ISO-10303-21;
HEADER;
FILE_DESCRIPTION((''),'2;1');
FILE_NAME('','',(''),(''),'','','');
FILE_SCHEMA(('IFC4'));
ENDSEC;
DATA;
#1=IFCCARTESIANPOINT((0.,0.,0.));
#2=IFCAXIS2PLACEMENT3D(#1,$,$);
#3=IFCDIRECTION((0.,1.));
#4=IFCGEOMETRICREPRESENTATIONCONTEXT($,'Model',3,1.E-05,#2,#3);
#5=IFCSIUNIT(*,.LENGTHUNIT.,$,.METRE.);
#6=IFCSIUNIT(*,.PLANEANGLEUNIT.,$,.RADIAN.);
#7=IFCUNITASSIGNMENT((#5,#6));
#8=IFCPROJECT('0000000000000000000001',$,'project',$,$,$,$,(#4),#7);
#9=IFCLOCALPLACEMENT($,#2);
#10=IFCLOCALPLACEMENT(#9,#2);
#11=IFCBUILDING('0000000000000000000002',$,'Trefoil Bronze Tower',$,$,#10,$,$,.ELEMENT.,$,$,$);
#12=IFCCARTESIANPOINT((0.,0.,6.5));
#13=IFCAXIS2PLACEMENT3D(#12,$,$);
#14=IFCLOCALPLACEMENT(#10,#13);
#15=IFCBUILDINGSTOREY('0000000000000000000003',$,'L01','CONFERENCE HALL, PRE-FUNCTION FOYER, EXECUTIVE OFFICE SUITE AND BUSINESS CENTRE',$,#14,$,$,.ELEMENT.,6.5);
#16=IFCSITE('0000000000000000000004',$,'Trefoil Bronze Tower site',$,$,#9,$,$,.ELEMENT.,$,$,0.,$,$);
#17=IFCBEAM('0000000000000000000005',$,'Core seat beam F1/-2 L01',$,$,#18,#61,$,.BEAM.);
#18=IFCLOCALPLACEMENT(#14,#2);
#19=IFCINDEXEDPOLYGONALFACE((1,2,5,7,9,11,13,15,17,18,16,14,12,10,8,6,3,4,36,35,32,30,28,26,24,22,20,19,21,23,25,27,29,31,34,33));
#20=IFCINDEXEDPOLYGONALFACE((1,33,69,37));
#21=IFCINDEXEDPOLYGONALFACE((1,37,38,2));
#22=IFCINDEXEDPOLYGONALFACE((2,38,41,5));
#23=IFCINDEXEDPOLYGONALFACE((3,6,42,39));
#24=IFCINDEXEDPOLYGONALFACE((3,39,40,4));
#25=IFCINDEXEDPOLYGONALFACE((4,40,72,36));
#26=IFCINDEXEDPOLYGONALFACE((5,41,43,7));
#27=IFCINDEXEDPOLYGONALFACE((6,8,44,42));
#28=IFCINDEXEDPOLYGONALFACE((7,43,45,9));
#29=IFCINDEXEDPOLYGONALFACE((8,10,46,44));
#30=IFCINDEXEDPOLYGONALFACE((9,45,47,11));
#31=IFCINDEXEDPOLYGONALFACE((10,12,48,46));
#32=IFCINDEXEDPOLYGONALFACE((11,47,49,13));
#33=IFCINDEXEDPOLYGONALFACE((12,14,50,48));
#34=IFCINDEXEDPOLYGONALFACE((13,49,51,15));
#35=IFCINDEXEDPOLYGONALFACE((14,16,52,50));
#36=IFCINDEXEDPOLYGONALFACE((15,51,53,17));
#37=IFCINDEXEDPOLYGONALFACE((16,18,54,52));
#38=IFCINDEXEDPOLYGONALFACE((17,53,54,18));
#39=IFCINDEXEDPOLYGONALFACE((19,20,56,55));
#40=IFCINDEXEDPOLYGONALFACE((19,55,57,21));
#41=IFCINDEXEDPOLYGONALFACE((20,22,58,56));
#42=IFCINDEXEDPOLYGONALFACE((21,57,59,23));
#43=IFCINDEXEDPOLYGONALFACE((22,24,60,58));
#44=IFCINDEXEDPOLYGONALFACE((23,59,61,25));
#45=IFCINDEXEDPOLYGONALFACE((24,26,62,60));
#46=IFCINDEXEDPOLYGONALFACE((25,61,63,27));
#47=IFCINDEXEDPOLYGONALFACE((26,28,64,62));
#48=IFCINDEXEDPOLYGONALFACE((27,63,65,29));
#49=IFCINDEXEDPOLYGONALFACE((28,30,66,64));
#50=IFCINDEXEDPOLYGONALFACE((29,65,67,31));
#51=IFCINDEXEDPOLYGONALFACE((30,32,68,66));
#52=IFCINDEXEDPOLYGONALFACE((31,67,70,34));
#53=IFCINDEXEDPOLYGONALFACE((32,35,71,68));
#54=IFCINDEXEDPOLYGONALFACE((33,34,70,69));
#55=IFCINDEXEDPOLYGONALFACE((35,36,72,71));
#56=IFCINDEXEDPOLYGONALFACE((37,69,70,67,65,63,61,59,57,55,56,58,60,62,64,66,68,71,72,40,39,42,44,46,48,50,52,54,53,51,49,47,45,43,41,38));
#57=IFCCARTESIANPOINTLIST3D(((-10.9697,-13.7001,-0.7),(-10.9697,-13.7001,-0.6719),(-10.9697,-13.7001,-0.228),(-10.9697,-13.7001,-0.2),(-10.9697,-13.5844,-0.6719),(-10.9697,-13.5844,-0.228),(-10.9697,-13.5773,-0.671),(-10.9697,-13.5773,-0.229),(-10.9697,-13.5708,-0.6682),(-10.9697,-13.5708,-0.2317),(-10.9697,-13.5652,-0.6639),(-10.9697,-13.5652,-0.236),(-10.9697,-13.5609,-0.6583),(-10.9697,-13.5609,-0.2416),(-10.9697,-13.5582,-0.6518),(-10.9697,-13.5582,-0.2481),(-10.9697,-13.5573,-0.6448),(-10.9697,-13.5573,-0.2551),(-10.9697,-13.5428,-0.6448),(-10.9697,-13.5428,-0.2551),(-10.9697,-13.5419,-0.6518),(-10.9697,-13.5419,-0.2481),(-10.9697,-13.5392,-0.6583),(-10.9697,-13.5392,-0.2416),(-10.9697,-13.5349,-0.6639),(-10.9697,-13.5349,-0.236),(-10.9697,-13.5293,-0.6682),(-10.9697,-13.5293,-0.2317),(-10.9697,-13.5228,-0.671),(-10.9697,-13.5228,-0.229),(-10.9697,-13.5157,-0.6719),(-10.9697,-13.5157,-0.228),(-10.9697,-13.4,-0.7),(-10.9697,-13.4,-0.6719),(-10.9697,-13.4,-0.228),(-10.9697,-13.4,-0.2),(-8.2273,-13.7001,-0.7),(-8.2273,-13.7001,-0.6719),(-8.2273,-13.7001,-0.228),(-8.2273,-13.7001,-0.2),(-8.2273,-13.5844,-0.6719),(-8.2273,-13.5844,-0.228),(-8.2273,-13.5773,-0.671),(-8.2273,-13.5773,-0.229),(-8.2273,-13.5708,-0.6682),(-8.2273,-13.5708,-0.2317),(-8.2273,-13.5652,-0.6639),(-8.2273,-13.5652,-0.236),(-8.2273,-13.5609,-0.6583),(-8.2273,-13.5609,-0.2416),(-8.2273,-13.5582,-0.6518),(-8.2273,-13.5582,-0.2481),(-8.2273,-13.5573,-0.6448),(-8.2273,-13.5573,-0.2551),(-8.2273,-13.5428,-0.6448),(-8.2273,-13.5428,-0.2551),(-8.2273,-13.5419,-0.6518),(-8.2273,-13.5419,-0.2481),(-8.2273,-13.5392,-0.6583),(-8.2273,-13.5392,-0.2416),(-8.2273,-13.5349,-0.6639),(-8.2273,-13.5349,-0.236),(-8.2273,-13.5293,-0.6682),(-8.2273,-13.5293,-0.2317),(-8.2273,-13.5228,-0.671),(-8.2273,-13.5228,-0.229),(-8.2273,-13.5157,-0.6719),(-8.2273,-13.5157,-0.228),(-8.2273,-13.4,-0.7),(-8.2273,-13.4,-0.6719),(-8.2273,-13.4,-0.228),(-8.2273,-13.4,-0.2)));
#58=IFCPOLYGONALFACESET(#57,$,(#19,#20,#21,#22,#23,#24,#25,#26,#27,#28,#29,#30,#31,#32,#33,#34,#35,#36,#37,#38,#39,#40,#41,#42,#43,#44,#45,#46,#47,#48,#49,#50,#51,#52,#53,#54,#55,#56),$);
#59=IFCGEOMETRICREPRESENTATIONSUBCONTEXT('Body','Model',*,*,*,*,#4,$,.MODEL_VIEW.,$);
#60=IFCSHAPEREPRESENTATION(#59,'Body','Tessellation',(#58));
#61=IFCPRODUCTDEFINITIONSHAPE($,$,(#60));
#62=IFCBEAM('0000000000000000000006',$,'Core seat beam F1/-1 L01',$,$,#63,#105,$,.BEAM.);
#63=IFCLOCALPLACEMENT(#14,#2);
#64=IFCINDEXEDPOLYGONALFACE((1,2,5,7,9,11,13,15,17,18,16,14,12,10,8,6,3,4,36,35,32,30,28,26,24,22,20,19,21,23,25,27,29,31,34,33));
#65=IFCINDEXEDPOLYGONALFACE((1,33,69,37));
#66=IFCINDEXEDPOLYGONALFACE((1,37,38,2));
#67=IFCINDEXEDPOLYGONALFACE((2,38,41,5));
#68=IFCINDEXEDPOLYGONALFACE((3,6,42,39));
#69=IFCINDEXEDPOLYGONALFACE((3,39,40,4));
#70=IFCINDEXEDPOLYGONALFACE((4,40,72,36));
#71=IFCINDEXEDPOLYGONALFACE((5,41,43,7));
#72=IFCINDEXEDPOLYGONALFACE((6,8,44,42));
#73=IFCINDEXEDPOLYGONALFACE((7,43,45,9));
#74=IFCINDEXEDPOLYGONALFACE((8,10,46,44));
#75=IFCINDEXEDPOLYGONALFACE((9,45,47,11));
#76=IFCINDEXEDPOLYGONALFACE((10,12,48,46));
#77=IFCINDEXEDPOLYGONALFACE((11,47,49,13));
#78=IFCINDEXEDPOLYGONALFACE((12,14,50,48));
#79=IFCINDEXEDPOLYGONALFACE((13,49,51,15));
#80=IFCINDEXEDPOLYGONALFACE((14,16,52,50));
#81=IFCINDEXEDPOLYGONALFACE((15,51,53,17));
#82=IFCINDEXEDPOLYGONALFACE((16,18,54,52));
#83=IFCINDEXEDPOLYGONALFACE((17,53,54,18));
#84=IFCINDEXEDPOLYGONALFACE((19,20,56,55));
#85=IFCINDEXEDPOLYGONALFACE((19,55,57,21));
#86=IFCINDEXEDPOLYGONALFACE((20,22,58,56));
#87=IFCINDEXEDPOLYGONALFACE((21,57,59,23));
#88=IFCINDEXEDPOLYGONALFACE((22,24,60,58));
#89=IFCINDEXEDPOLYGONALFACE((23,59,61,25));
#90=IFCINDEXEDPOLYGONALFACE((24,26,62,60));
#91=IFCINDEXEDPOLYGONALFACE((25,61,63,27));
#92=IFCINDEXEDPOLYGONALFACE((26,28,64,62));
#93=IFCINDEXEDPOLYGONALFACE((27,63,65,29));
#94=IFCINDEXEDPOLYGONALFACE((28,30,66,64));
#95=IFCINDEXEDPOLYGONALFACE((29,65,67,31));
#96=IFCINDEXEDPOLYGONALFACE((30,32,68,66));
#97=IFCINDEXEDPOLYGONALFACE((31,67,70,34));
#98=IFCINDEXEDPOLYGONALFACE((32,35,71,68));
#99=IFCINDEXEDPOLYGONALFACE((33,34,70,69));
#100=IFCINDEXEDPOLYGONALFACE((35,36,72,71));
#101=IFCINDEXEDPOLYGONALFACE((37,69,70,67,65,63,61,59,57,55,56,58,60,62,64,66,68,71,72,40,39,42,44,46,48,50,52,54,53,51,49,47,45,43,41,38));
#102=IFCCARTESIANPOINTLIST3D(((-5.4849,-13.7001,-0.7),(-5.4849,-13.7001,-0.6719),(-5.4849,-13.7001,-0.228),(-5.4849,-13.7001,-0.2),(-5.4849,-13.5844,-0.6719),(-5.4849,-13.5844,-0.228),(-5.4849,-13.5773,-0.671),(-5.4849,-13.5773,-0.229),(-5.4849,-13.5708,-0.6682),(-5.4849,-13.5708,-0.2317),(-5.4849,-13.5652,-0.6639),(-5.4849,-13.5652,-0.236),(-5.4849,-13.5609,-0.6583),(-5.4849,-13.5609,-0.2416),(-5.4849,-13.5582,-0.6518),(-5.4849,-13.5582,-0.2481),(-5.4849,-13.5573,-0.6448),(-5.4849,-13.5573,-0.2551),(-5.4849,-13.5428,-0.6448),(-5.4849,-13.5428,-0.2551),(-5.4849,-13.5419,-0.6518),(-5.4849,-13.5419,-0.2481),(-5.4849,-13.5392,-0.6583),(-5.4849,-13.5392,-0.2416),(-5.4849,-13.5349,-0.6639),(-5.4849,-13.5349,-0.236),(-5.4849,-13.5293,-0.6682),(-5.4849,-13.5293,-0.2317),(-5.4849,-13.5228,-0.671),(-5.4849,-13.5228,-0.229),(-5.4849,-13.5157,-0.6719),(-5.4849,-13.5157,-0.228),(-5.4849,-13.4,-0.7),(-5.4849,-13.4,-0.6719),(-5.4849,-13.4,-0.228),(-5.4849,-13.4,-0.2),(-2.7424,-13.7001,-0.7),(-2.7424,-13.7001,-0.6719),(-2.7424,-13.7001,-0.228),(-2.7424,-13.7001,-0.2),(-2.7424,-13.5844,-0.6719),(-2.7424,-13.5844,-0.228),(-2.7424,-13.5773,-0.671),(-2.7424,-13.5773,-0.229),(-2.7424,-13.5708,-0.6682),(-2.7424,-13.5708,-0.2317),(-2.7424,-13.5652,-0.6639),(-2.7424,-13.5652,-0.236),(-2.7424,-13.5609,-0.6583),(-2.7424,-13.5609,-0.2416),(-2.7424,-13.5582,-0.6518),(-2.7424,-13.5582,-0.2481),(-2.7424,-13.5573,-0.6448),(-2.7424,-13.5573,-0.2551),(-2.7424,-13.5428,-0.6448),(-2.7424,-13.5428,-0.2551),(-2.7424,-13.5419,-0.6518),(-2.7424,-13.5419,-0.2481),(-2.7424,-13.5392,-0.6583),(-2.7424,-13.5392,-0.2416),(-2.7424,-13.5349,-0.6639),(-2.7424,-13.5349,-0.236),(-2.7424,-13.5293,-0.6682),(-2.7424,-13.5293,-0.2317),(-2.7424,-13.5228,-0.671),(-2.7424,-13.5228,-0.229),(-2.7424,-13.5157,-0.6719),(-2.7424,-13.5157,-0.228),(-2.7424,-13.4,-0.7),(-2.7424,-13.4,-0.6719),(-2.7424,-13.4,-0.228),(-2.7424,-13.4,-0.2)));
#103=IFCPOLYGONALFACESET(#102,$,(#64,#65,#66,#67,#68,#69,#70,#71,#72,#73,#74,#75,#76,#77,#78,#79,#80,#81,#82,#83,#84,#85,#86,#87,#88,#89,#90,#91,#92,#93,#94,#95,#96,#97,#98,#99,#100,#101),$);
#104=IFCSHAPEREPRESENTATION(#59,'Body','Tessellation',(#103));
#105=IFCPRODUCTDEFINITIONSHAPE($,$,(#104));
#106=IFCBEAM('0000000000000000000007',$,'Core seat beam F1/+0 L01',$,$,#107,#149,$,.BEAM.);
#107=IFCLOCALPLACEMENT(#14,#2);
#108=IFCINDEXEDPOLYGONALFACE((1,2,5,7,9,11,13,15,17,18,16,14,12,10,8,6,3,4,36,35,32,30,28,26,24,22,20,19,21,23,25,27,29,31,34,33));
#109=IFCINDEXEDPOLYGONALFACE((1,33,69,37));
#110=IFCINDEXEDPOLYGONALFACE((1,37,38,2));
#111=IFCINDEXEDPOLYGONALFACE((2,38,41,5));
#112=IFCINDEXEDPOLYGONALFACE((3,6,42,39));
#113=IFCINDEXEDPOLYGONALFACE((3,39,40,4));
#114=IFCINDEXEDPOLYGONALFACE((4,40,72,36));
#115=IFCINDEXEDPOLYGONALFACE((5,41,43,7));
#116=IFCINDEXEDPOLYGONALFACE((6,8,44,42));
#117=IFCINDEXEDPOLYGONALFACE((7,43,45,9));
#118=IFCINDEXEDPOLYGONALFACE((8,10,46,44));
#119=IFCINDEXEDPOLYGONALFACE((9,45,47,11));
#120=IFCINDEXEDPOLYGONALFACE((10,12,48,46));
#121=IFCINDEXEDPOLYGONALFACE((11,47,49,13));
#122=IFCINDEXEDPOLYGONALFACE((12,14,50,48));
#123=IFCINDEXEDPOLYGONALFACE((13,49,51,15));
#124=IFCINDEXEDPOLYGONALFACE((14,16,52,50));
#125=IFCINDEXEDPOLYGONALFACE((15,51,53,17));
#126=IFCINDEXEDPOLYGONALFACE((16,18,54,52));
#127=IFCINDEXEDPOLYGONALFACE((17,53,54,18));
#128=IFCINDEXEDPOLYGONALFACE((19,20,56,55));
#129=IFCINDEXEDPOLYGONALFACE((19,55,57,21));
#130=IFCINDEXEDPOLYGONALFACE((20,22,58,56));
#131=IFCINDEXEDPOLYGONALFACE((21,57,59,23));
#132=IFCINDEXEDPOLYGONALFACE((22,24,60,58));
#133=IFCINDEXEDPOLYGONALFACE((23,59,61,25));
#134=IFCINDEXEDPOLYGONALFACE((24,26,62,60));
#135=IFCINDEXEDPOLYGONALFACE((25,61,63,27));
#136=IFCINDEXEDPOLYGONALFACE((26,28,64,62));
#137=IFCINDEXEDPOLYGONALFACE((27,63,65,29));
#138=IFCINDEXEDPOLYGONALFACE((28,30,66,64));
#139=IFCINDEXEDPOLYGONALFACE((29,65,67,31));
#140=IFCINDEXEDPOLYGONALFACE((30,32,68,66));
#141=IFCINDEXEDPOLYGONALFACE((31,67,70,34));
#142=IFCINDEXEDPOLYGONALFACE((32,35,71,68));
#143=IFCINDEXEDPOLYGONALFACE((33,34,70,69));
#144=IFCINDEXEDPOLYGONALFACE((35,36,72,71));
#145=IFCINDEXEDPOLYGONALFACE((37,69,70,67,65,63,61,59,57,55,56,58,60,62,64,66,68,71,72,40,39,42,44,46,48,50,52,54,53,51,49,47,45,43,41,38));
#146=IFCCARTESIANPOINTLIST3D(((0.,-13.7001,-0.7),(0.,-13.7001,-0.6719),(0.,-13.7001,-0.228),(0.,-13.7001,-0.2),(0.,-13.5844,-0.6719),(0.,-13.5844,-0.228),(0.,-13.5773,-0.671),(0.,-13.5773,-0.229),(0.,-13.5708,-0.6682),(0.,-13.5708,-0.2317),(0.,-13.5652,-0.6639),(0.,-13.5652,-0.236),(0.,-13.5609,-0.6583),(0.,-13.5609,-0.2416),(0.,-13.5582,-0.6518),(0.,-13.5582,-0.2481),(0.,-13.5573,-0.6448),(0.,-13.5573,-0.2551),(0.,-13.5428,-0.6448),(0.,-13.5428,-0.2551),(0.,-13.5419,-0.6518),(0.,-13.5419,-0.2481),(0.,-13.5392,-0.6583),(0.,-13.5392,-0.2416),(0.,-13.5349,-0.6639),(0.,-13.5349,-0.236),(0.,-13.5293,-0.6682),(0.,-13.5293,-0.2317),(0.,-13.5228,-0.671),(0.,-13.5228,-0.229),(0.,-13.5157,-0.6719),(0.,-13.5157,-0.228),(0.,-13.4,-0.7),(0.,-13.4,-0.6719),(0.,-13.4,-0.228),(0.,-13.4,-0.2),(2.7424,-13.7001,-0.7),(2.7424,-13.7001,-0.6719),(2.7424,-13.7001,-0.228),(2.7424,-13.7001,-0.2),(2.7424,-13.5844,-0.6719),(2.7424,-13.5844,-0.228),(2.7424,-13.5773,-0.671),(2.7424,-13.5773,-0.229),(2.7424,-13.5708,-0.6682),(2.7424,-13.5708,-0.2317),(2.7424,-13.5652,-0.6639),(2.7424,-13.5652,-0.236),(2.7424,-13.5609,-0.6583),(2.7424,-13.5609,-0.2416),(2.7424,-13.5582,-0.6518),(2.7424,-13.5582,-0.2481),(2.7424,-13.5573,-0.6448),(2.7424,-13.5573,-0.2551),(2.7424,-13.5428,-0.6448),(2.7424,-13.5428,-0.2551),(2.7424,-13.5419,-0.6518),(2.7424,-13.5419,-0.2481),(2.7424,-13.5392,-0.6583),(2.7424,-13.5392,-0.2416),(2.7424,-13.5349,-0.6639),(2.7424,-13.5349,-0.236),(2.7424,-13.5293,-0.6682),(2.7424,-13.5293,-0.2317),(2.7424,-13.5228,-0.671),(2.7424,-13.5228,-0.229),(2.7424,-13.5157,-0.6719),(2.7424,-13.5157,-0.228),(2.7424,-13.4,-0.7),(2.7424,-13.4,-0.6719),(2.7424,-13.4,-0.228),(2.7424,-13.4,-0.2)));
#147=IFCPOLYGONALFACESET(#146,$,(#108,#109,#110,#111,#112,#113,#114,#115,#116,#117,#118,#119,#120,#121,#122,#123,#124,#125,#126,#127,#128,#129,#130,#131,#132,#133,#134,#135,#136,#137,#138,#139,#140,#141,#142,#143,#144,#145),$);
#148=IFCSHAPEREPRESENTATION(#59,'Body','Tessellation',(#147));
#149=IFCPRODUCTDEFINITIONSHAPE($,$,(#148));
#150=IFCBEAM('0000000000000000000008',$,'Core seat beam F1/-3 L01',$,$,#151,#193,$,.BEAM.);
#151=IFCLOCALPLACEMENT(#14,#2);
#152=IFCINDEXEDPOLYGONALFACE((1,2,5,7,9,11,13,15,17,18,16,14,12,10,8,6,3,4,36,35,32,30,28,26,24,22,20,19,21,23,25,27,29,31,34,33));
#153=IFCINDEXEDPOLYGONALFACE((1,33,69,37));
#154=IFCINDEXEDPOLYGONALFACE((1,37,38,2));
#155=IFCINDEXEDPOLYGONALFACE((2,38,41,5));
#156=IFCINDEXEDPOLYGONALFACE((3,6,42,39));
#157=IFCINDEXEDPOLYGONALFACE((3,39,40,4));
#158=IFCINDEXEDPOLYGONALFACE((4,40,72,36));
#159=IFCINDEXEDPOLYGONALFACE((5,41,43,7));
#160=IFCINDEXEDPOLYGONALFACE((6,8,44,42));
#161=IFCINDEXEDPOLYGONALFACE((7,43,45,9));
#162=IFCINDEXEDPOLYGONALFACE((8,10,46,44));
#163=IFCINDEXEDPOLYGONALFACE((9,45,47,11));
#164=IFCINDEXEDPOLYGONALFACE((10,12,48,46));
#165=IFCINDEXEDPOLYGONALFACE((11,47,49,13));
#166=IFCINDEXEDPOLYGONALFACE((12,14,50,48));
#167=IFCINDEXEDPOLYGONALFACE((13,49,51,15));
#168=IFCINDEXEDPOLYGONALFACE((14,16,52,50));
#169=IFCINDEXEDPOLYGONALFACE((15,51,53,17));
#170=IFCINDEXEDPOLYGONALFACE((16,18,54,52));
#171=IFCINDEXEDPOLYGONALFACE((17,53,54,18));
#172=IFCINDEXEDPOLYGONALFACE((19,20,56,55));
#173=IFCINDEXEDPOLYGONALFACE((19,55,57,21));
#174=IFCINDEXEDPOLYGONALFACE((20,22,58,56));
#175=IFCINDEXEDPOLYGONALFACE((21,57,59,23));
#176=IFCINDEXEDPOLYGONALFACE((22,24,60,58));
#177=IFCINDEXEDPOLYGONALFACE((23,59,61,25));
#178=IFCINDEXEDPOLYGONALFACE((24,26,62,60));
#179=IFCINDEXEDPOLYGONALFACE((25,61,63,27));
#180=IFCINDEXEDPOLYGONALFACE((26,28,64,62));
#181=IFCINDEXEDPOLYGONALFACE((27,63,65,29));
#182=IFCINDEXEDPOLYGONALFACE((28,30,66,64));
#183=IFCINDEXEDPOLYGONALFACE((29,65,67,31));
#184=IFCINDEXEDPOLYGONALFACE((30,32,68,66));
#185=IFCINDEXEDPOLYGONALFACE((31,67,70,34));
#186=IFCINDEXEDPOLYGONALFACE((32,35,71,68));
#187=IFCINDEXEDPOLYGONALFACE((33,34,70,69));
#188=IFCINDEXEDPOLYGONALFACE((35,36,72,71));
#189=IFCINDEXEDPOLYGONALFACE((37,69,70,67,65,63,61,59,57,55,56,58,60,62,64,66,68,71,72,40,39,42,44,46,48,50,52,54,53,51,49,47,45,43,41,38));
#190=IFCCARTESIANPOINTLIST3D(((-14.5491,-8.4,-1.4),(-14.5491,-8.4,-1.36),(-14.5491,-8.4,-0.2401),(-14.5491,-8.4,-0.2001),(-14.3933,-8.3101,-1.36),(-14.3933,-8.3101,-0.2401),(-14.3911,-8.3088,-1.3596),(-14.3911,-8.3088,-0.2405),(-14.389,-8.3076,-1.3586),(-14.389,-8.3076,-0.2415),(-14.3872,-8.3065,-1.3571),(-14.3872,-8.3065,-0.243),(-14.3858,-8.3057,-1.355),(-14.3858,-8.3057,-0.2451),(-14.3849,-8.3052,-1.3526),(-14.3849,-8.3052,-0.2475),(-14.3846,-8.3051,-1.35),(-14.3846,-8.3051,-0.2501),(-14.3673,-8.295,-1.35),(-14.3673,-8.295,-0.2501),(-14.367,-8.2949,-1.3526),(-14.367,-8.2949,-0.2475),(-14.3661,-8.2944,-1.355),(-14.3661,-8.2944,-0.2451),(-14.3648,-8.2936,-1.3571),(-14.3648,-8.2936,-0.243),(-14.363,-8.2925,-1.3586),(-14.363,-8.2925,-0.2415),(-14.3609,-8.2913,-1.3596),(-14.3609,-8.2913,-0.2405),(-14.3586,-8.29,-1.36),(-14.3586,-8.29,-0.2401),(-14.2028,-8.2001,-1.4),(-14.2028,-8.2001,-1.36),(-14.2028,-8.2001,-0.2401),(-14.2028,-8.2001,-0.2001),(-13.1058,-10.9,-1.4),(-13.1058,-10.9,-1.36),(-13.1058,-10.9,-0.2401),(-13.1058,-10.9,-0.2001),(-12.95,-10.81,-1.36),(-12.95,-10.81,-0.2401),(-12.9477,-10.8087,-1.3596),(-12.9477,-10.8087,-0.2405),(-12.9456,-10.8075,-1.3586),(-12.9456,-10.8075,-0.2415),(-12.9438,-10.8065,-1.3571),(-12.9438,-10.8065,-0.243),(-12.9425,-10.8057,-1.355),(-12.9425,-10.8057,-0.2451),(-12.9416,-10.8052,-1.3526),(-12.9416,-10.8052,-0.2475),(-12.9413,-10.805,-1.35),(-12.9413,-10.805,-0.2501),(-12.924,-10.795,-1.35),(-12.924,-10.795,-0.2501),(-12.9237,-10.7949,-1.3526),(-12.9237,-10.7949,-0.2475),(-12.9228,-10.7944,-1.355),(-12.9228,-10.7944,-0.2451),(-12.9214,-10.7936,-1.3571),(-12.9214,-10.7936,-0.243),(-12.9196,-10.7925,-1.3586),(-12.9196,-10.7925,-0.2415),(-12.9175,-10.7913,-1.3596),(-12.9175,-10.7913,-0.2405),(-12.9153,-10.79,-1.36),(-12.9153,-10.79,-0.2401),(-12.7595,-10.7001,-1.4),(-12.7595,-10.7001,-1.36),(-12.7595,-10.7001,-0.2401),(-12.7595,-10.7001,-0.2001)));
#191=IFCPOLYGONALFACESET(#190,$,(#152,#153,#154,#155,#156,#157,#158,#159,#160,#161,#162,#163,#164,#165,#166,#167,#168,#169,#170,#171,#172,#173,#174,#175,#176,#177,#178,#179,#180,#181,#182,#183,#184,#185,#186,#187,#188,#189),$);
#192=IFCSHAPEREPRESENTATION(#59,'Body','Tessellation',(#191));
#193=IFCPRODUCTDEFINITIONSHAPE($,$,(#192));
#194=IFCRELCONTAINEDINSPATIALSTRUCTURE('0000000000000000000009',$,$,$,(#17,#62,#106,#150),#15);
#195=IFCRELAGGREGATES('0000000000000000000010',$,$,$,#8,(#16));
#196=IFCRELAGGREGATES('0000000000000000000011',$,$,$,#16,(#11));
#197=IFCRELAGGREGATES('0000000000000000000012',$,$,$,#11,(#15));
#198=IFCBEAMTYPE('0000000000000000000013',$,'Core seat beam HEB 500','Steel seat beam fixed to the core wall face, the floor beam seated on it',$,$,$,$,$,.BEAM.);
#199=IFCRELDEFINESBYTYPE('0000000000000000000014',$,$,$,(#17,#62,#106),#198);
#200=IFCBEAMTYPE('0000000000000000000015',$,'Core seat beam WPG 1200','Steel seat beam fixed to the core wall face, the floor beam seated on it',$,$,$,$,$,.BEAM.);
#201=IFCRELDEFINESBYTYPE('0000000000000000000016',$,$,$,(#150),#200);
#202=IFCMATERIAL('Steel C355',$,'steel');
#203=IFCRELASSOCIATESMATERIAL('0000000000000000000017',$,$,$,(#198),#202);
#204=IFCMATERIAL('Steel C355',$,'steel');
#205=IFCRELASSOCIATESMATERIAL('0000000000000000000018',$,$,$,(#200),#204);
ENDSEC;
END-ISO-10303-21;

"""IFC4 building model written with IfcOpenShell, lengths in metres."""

from ifc_helpers import new_model, si_unit, direction, frame, origin, origin_2d, place, context, subcontext, project, spatial, i_section, extrude, material, material_profile, profile_set, type_object, element, save


model = new_model("IFC4")

# Units and contexts
model_context = context("Model", 3, precision=1e-05, world=origin(), true_north=direction((0.0, 1.0)))
body_context = subcontext(model_context, "Body", "Model", "MODEL_VIEW")
ifc_project = project(units=[si_unit("LENGTHUNIT", "METRE"), si_unit("PLANEANGLEUNIT", "RADIAN")], contexts=[model_context])

# Site, building, storey
site_placement = place(None, origin())
site = spatial("IfcSite", under=ifc_project, at=site_placement, Name="Trefoil Bronze Tower site", CompositionType="ELEMENT", RefElevation=0.0)
building_placement = place(site_placement, origin())
building = spatial("IfcBuilding", under=site, at=building_placement, Name="Trefoil Bronze Tower", CompositionType="ELEMENT")
storey_placement = place(building_placement, frame((0.0, 0.0, 6.5)))
storey = spatial("IfcBuildingStorey", under=building, at=storey_placement, Name="L01", Description="CONFERENCE HALL, PRE-FUNCTION FOYER, EXECUTIVE OFFICE SUITE AND BUSINESS CENTRE", CompositionType="ELEMENT", Elevation=6.5)

# Beams
ifc_material_1 = material(Name="Steel C355", Category="steel")
ifc_material_profile_1 = material_profile(ifc_material_1, i_section(OverallWidth=0.3, OverallDepth=0.5, WebThickness=0.0144, FlangeThickness=0.0281, FilletRadius=0.0271, at=origin_2d()), Name="HEB 500")
ifc_profile_set_1 = profile_set([ifc_material_profile_1], Name="Steel C355")
beam_type_1 = type_object("IfcBeamType", Name="Core seat beam HEB 500", Description="Steel seat beam fixed to the core wall face, the floor beam seated on it", PredefinedType="BEAM", material=ifc_profile_set_1)
for number, where, z_axis, x_axis, name in (
    (1, (-10.9697, -13.55, -0.45), (1.0, 0.0, 0.0), (0.0, 1.0, 0.0), "Core seat beam F1/-2 L01"),
    (2, (-5.4849, -13.55, -0.45), (1.0, 0.0, 0.0), (0.0, 1.0, 0.0), "Core seat beam F1/-1 L01"),
    (3, (0.0, -13.55, -0.45), (1.0, 0.0, 0.0), (0.0, 1.0, 0.0), "Core seat beam F1/+0 L01"),
):
    element("IfcBeam", number, at=place(storey_placement, frame(where, z_axis=z_axis, x_axis=x_axis)), inside=storey, type_object=beam_type_1, Name=name, PredefinedType="BEAM", context=body_context, shape_type="SweptSolid", body=[
        extrude(i_section(OverallWidth=0.3, OverallDepth=0.5, WebThickness=0.0144, FlangeThickness=0.0281, FilletRadius=0.0271, at=origin_2d()), origin(), (0.0, 0.0, 1.0), 2.7424),
    ])
ifc_material_2 = material(Name="Steel C355", Category="steel")
ifc_material_profile_2 = material_profile(ifc_material_2, i_section(OverallWidth=0.3999, OverallDepth=1.2, WebThickness=0.02, FlangeThickness=0.04, FilletRadius=0.01, at=origin_2d()), Name="WPG 1200")
ifc_profile_set_2 = profile_set([ifc_material_profile_2], Name="Steel C355")
beam_type_2 = type_object("IfcBeamType", Name="Core seat beam WPG 1200", Description="Steel seat beam fixed to the core wall face, the floor beam seated on it", PredefinedType="BEAM", material=ifc_profile_set_2)
beam_1_placement = place(storey_placement, frame((-14.376, -8.3, -0.8), z_axis=(0.499996, -0.866028, 0.0), x_axis=(0.866028, 0.499996, 0.0)))
element("IfcBeam", 4, at=beam_1_placement, inside=storey, type_object=beam_type_2, Name="Core seat beam F1/-3 L01", PredefinedType="BEAM", context=body_context, shape_type="SweptSolid", body=[
    extrude(i_section(OverallWidth=0.3999, OverallDepth=1.2, WebThickness=0.02, FlangeThickness=0.04, FilletRadius=0.01, at=origin_2d()), origin(), (0.0, 0.0, 1.0), 2.8867),
])

save(model, "model.ifc")
